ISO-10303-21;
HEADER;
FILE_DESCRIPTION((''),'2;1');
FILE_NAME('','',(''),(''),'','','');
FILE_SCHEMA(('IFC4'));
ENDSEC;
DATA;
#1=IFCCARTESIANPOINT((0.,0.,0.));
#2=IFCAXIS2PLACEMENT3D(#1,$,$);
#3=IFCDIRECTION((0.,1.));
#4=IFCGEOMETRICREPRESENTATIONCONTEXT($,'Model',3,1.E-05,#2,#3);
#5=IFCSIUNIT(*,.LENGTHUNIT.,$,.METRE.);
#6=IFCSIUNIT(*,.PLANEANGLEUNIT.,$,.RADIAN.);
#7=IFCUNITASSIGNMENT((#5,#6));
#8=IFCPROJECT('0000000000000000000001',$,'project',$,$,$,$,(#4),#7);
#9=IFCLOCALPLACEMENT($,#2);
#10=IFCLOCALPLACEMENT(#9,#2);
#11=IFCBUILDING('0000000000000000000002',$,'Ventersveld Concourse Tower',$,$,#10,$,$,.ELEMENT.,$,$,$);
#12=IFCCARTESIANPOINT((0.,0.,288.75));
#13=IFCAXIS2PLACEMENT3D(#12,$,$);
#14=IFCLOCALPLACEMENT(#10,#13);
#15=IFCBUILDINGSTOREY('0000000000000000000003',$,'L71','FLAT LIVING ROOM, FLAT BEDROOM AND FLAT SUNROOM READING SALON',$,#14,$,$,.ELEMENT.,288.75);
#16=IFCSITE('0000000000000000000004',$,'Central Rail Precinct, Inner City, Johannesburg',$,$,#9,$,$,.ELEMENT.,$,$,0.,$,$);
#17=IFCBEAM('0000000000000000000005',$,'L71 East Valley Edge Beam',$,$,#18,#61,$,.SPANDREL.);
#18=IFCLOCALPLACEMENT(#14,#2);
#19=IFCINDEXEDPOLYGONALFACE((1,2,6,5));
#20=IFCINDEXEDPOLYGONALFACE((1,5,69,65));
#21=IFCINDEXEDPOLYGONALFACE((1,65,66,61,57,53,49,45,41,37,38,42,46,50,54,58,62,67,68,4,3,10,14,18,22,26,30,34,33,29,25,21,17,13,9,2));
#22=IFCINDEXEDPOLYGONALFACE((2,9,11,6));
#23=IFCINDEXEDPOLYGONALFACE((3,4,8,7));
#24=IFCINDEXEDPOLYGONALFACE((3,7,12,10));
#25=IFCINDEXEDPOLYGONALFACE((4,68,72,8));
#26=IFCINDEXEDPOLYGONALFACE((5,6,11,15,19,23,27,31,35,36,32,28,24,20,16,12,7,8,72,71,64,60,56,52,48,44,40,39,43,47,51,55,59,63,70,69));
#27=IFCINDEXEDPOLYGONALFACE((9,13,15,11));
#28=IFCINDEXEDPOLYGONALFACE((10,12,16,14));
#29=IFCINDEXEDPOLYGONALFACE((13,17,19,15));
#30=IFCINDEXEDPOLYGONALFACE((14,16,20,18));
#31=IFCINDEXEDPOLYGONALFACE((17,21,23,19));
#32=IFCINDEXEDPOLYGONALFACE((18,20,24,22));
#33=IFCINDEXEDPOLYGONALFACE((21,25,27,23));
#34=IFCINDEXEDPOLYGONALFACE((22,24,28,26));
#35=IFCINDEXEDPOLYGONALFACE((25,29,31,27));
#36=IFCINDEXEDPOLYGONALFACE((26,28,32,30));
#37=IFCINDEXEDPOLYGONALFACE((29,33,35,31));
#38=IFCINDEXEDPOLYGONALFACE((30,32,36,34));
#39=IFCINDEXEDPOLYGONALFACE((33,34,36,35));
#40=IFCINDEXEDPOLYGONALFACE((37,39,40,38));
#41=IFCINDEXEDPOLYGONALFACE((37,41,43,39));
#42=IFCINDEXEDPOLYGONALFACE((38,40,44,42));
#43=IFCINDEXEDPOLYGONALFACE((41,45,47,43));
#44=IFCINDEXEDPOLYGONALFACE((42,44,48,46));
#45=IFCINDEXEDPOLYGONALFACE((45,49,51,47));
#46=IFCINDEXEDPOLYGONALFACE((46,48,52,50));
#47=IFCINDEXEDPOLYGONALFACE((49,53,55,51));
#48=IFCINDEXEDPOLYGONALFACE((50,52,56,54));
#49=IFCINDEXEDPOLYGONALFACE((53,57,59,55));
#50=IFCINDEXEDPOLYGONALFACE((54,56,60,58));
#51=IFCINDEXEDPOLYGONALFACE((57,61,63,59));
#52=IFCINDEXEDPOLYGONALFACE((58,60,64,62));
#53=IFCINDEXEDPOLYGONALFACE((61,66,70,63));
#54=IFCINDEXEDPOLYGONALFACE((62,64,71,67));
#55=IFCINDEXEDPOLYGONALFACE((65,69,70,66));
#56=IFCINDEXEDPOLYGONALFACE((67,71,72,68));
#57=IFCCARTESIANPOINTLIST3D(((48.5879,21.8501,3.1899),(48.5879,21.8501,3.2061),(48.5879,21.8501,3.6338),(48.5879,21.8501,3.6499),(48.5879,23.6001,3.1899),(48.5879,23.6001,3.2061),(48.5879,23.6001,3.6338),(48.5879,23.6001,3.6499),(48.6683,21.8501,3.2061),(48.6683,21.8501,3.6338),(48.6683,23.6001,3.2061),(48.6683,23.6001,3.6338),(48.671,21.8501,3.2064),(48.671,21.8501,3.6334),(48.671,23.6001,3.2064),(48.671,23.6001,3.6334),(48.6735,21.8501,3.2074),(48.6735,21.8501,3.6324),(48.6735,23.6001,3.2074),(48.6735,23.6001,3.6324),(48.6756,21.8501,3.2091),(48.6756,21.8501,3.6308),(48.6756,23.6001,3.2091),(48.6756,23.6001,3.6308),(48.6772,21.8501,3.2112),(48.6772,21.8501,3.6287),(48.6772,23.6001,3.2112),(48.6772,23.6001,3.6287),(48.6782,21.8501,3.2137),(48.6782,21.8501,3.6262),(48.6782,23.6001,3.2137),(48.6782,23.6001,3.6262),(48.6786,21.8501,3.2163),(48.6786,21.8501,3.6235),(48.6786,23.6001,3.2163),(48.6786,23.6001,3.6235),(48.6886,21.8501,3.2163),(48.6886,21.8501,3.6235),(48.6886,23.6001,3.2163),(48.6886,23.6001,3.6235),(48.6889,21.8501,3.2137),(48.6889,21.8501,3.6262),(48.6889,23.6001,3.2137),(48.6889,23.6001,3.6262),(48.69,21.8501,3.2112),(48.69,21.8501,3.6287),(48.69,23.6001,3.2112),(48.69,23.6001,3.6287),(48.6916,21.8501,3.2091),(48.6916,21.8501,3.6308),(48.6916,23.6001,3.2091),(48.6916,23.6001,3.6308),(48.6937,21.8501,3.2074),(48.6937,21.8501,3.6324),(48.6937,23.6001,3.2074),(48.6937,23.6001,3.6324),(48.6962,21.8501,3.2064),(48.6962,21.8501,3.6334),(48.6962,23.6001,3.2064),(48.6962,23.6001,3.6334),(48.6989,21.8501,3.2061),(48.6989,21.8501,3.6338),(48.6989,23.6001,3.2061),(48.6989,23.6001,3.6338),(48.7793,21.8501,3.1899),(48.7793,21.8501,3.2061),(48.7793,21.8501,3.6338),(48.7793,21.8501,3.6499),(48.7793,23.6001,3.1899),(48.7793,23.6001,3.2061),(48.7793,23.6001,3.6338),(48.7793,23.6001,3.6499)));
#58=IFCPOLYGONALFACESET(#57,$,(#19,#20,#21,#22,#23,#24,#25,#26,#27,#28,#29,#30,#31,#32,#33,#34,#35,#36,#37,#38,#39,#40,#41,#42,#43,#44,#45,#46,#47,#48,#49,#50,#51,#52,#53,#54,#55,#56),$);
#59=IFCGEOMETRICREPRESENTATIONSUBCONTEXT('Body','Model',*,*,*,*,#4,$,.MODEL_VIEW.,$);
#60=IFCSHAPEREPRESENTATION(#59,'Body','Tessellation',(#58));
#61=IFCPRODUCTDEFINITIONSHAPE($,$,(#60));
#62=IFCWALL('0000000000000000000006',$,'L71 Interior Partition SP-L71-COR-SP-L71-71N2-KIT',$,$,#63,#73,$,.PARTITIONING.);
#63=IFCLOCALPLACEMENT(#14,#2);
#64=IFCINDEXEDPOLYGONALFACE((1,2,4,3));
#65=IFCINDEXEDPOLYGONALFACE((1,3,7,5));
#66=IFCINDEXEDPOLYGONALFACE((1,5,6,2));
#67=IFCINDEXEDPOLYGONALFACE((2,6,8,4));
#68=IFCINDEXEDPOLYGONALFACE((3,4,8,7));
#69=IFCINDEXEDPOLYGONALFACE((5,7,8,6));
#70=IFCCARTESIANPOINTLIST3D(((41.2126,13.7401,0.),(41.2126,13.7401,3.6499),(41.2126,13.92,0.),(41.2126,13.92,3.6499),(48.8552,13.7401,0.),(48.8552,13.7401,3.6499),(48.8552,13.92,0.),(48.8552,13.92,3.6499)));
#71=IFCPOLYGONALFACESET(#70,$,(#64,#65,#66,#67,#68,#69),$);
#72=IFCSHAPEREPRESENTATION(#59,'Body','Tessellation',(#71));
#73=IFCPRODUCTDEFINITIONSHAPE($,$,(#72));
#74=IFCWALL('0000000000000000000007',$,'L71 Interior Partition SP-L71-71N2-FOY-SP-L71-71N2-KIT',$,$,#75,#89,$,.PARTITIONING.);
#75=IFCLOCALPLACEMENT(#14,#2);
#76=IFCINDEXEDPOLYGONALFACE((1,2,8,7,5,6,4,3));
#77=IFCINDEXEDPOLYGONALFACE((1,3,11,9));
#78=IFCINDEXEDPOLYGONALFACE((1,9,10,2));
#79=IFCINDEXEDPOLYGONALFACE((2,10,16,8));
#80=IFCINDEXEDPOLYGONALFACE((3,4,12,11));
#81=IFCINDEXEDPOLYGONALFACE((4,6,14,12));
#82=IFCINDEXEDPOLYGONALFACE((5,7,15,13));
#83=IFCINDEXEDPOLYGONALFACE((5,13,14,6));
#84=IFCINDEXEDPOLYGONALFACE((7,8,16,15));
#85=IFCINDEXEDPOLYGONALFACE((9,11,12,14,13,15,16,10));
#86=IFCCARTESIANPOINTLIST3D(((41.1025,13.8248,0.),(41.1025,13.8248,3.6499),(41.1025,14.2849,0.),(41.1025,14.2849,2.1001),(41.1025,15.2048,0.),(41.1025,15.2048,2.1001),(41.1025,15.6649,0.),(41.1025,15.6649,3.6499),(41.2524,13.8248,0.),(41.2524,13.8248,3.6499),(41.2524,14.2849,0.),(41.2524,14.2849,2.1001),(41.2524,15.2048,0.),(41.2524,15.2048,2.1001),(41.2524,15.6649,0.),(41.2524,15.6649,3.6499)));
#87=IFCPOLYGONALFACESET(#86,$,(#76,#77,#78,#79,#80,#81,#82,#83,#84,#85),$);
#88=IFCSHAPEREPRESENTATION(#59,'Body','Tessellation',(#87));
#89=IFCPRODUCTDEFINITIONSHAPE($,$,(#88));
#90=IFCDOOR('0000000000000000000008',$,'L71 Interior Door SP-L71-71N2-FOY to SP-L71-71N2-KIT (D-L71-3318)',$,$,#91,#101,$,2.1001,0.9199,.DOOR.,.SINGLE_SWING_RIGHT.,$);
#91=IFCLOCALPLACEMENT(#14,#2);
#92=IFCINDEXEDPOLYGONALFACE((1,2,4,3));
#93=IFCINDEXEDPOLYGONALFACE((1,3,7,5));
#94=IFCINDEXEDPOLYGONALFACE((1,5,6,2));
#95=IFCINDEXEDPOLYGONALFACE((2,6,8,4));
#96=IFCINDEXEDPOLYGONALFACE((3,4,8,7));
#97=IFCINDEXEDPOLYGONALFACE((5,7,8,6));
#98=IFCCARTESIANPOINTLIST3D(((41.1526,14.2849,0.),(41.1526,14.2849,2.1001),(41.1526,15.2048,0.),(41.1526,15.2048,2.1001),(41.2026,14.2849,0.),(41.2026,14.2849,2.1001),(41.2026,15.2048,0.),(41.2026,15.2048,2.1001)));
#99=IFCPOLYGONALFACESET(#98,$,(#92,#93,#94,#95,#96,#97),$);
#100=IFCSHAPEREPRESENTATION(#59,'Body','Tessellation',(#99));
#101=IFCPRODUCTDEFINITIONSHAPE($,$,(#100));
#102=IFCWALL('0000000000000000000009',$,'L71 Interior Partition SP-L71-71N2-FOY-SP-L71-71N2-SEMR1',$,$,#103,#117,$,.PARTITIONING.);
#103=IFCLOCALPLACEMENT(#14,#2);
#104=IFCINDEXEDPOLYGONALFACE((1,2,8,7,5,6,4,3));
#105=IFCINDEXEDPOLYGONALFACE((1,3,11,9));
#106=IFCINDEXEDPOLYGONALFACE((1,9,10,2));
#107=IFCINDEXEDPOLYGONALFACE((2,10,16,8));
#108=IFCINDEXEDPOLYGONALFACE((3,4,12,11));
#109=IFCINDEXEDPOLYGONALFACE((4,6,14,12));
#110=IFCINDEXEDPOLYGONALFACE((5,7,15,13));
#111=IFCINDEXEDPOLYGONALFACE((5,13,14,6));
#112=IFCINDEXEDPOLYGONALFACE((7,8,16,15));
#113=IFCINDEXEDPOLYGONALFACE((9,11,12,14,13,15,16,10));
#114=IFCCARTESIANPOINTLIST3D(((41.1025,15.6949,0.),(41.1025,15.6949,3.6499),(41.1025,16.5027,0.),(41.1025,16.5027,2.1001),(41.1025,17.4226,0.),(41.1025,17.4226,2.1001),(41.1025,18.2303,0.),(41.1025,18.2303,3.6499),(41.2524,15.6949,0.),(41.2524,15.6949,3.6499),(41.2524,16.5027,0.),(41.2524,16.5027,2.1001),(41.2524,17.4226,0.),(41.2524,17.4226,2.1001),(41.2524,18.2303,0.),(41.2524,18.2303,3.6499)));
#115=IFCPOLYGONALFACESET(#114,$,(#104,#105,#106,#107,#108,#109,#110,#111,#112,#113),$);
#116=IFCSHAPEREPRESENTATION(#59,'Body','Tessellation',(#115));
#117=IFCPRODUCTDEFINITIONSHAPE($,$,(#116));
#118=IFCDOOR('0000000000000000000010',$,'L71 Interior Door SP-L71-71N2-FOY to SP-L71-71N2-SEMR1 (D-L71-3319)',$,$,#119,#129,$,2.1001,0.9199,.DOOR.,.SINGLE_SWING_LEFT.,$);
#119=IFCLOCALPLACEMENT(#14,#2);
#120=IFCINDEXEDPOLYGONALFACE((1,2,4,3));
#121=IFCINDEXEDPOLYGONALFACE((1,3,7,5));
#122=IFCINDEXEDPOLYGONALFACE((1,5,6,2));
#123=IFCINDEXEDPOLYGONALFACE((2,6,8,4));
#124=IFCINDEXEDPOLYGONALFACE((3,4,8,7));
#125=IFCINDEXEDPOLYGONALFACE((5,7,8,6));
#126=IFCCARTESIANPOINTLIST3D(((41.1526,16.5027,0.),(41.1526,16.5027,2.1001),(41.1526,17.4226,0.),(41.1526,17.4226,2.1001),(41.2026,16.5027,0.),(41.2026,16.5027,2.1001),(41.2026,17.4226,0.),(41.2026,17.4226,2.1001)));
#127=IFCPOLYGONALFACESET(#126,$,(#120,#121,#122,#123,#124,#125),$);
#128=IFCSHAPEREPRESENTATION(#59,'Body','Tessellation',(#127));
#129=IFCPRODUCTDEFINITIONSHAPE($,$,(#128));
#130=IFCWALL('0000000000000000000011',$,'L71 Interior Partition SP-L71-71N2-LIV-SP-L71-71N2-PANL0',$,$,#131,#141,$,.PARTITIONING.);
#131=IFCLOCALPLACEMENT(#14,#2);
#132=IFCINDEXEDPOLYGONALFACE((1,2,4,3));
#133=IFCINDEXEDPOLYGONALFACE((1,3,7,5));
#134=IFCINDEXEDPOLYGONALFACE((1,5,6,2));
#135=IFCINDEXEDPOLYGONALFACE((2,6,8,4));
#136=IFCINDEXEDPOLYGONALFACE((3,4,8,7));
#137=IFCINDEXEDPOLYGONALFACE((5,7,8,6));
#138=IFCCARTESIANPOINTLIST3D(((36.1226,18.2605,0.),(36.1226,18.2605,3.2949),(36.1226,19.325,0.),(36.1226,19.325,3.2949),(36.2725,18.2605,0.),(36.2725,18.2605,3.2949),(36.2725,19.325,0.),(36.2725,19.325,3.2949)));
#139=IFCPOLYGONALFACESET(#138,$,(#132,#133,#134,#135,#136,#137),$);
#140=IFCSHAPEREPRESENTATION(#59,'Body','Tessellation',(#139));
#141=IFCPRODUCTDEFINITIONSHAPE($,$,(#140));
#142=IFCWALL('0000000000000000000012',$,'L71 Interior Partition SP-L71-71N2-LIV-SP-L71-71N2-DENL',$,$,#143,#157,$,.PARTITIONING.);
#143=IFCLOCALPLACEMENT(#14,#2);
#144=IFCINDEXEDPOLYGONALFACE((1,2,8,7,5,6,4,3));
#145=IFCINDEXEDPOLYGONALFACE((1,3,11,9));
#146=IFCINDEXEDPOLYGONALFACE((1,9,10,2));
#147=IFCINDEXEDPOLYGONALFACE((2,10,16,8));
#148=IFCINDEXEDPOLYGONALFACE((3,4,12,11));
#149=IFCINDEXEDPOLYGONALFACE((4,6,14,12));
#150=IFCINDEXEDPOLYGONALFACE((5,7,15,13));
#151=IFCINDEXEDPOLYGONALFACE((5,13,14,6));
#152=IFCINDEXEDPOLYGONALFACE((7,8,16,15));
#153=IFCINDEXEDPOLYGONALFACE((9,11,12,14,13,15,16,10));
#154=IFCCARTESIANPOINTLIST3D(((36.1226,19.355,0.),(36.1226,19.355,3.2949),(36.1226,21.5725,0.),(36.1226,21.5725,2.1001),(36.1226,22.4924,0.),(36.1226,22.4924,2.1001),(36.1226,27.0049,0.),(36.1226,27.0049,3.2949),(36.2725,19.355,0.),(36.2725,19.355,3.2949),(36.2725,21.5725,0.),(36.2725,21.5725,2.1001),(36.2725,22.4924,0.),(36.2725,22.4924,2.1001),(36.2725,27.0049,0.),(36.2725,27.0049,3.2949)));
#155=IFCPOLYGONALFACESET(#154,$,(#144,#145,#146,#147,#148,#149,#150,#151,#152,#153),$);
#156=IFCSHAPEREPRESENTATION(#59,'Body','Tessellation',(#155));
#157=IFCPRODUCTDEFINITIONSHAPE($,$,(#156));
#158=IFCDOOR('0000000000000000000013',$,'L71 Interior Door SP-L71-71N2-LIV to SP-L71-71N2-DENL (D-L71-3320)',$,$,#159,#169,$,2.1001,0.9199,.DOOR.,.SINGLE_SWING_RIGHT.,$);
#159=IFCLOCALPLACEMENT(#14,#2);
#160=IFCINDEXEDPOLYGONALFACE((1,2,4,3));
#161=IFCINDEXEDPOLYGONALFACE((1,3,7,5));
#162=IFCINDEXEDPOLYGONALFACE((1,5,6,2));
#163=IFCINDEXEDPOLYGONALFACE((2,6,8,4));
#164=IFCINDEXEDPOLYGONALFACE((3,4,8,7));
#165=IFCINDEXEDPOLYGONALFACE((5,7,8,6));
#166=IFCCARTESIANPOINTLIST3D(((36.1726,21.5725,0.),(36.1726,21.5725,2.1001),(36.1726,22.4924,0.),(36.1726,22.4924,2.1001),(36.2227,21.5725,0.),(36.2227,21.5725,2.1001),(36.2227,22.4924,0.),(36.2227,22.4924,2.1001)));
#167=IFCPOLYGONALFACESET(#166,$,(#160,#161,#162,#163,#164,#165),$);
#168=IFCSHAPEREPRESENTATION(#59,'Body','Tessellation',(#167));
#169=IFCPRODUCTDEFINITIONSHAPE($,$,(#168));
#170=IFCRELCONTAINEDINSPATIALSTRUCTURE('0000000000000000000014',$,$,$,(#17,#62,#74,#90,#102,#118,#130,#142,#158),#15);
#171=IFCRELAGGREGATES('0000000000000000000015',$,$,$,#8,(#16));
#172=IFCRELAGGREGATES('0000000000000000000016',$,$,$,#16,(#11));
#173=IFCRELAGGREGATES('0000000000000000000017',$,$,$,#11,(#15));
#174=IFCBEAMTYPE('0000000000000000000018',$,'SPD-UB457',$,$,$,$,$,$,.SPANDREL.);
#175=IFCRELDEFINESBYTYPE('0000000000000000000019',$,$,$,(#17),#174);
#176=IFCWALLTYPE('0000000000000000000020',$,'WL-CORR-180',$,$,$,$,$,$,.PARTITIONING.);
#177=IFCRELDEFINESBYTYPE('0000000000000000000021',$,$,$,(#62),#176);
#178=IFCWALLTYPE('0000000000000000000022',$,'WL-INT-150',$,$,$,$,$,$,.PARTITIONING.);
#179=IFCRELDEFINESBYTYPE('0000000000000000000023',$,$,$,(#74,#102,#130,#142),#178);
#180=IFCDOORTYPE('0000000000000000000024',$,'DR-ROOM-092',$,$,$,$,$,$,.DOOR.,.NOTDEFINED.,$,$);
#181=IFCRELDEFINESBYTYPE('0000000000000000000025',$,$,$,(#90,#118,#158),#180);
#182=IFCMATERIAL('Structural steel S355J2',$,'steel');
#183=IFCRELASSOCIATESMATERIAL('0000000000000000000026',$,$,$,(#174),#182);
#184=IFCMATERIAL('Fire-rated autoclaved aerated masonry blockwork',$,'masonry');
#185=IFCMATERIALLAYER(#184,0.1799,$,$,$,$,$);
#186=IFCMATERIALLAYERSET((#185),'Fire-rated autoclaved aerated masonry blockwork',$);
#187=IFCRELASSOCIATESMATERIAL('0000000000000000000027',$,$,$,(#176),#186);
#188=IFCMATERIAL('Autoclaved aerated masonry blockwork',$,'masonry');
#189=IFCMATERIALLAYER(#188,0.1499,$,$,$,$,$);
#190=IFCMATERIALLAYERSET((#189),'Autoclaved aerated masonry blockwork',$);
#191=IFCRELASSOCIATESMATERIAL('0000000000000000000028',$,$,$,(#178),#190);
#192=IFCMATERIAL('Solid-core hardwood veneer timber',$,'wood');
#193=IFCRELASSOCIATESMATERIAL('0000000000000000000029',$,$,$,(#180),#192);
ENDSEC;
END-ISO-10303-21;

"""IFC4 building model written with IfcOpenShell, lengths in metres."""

from ifc_helpers import new_model, si_unit, direction, frame, frame_2d, origin, origin_2d, place, context, subcontext, project, spatial, rectangle, i_section, extrude, material, layer, layer_set, material_profile, profile_set, type_object, element, fill, save


model = new_model("IFC4")

# Units and contexts
model_context = context("Model", 3, precision=1e-05, world=origin(), true_north=direction((0.0, 1.0)))
body_context = subcontext(model_context, "Body", "Model", "MODEL_VIEW")
ifc_project = project(units=[si_unit("LENGTHUNIT", "METRE"), si_unit("PLANEANGLEUNIT", "RADIAN")], contexts=[model_context])

# Site, building, storey
site_placement = place(None, origin())
site = spatial("IfcSite", under=ifc_project, at=site_placement, Name="Central Rail Precinct, Inner City, Johannesburg", CompositionType="ELEMENT", RefElevation=0.0)
building_placement = place(site_placement, origin())
building = spatial("IfcBuilding", under=site, at=building_placement, Name="Ventersveld Concourse Tower", CompositionType="ELEMENT")
storey_placement = place(building_placement, frame((0.0, 0.0, 288.75)))
storey = spatial("IfcBuildingStorey", under=building, at=storey_placement, Name="L71", Description="FLAT LIVING ROOM, FLAT BEDROOM AND FLAT SUNROOM READING SALON", CompositionType="ELEMENT", Elevation=288.75)

# Beam
ifc_material_1 = material(Name="Structural steel S355J2", Category="steel")
ifc_material_profile = material_profile(ifc_material_1, i_section(OverallWidth=0.1914, OverallDepth=0.46, WebThickness=0.01, FlangeThickness=0.0161, FilletRadius=0.0103, at=origin_2d()), Name="UB 457x191x82")
ifc_profile_set = profile_set([ifc_material_profile], Name="Structural steel S355J2")
beam_type = type_object("IfcBeamType", Name="SPD-UB457", PredefinedType="SPANDREL", material=ifc_profile_set)
beam_placement = place(storey_placement, frame((48.6836, 21.8501, 3.4199), z_axis=(0.0, 1.0, 0.0), x_axis=(-1.0, 0.0, 0.0)))
element("IfcBeam", 1, at=beam_placement, inside=storey, type_object=beam_type, Name="L71 East Valley Edge Beam", PredefinedType="SPANDREL", context=body_context, shape_type="SweptSolid", body=[
    extrude(i_section(OverallWidth=0.1914, OverallDepth=0.46, WebThickness=0.01, FlangeThickness=0.0161, FilletRadius=0.0103, at=origin_2d()), origin(), (0.0, 0.0, 1.0), 1.75),
])

# Shared definitions
ifc_material_2 = material(Name="Fire-rated autoclaved aerated masonry blockwork", Category="masonry")
ifc_layer_1 = layer(ifc_material_2, 0.1799)
ifc_layer_set_1 = layer_set([ifc_layer_1], Name="Fire-rated autoclaved aerated masonry blockwork")
wall_type_1 = type_object("IfcWallType", Name="WL-CORR-180", PredefinedType="PARTITIONING", material=ifc_layer_set_1)
ifc_material_3 = material(Name="Solid-core hardwood veneer timber", Category="wood")

# Wall
wall_1_placement = place(storey_placement, frame((41.2126, 13.8301, 0.0), z_axis=(0.0, 0.0, 1.0), x_axis=(1.0, 0.0, 0.0)))
element("IfcWall", 2, at=wall_1_placement, inside=storey, type_object=wall_type_1, Name="L71 Interior Partition SP-L71-COR-SP-L71-71N2-KIT", PredefinedType="PARTITIONING", context=body_context, shape_type="SweptSolid", body=[
    extrude(rectangle(XDim=7.6426, YDim=0.1799, at=frame_2d((3.8213, 0.0))), origin(), (0.0, 0.0, 1.0), 3.6499),
])

# Walls, openings, doors
ifc_material_4 = material(Name="Autoclaved aerated masonry blockwork", Category="masonry")
ifc_layer_2 = layer(ifc_material_4, 0.1499)
ifc_layer_set_2 = layer_set([ifc_layer_2], Name="Autoclaved aerated masonry blockwork")
wall_type_2 = type_object("IfcWallType", Name="WL-INT-150", PredefinedType="PARTITIONING", material=ifc_layer_set_2)
wall_2_placement = place(storey_placement, frame((41.1775, 13.825, 0.0), z_axis=(0.0, 0.0, 1.0), x_axis=(0.0, 1.0, 0.0)))
wall_2 = element("IfcWall", 3, at=wall_2_placement, inside=storey, type_object=wall_type_2, Name="L71 Interior Partition SP-L71-71N2-FOY-SP-L71-71N2-KIT", PredefinedType="PARTITIONING", context=body_context, shape_type="SweptSolid", body=[
    extrude(rectangle(XDim=1.8401, YDim=0.1499, at=frame_2d((0.9199, 0.0))), origin(), (0.0, 0.0, 1.0), 3.6499),
])
opening_1_placement = place(wall_2_placement, frame((0.46, 0.0, 0.0)))
opening_1 = element("IfcOpeningElement", 4, at=opening_1_placement, cuts=wall_2, PredefinedType="OPENING", context=body_context, shape_type="SweptSolid", body=[
    extrude(rectangle(XDim=0.9199, YDim=2.1001, at=frame_2d((0.46, 1.05))), frame((0.0, 0.085, 0.0), z_axis=(0.0, -1.0, 0.0), x_axis=(1.0, 0.0, 0.0)), (0.0, 0.0, 1.0), 0.1699),
])
door_type_1 = type_object("IfcDoorType", Name="DR-ROOM-092", OperationType="NOTDEFINED", PredefinedType="DOOR", material=ifc_material_3)
door_1_placement = place(opening_1_placement, origin())
door_1 = element("IfcDoor", 5, at=door_1_placement, inside=storey, type_object=door_type_1, Name="L71 Interior Door SP-L71-71N2-FOY to SP-L71-71N2-KIT (D-L71-3318)", OperationType="SINGLE_SWING_RIGHT", OverallHeight=2.1001, OverallWidth=0.9199, PredefinedType="DOOR", context=body_context, shape_type="SweptSolid", body=[
    extrude(rectangle(XDim=0.9199, YDim=2.1001, at=frame_2d((0.46, 1.05))), frame((0.0, 0.0249, 0.0), z_axis=(0.0, -1.0, 0.0), x_axis=(1.0, 0.0, 0.0)), (0.0, 0.0, 1.0), 0.05),
])
fill(opening_1, door_1)
wall_3_placement = place(storey_placement, frame((41.1775, 15.6951, 0.0), z_axis=(0.0, 0.0, 1.0), x_axis=(0.0, 1.0, 0.0)))
wall_3 = element("IfcWall", 6, at=wall_3_placement, inside=storey, type_object=wall_type_2, Name="L71 Interior Partition SP-L71-71N2-FOY-SP-L71-71N2-SEMR1", PredefinedType="PARTITIONING", context=body_context, shape_type="SweptSolid", body=[
    extrude(rectangle(XDim=2.5354, YDim=0.1499, at=frame_2d((1.2676, 0.0))), origin(), (0.0, 0.0, 1.0), 3.6499),
])
opening_2_placement = place(wall_3_placement, frame((0.8076, 0.0, 0.0)))
opening_2 = element("IfcOpeningElement", 7, at=opening_2_placement, cuts=wall_3, PredefinedType="OPENING", context=body_context, shape_type="SweptSolid", body=[
    extrude(rectangle(XDim=0.9199, YDim=2.1001, at=frame_2d((0.46, 1.05))), frame((0.0, 0.085, 0.0), z_axis=(0.0, -1.0, 0.0), x_axis=(1.0, 0.0, 0.0)), (0.0, 0.0, 1.0), 0.1699),
])
door_2_placement = place(opening_2_placement, origin())
door_2 = element("IfcDoor", 8, at=door_2_placement, inside=storey, type_object=door_type_1, Name="L71 Interior Door SP-L71-71N2-FOY to SP-L71-71N2-SEMR1 (D-L71-3319)", OperationType="SINGLE_SWING_LEFT", OverallHeight=2.1001, OverallWidth=0.9199, PredefinedType="DOOR", context=body_context, shape_type="SweptSolid", body=[
    extrude(rectangle(XDim=0.9199, YDim=2.1001, at=frame_2d((0.46, 1.05))), frame((0.0, 0.0249, 0.0), z_axis=(0.0, -1.0, 0.0), x_axis=(1.0, 0.0, 0.0)), (0.0, 0.0, 1.0), 0.05),
])
fill(opening_2, door_2)

# Wall
wall_4_placement = place(storey_placement, frame((36.1975, 18.2605, 0.0), z_axis=(0.0, 0.0, 1.0), x_axis=(0.0, 1.0, 0.0)))
element("IfcWall", 9, at=wall_4_placement, inside=storey, type_object=wall_type_2, Name="L71 Interior Partition SP-L71-71N2-LIV-SP-L71-71N2-PANL0", PredefinedType="PARTITIONING", context=body_context, shape_type="SweptSolid", body=[
    extrude(rectangle(XDim=1.0645, YDim=0.1499, at=frame_2d((0.5322, 0.0))), origin(), (0.0, 0.0, 1.0), 3.2949),
])

# Wall, opening, door
wall_5_placement = place(storey_placement, frame((36.1975, 19.355, 0.0), z_axis=(0.0, 0.0, 1.0), x_axis=(0.0, 1.0, 0.0)))
wall_5 = element("IfcWall", 10, at=wall_5_placement, inside=storey, type_object=wall_type_2, Name="L71 Interior Partition SP-L71-71N2-LIV-SP-L71-71N2-DENL", PredefinedType="PARTITIONING", context=body_context, shape_type="SweptSolid", body=[
    extrude(rectangle(XDim=7.6499, YDim=0.1499, at=frame_2d((3.825, 0.0))), origin(), (0.0, 0.0, 1.0), 3.2949),
])
opening_3_placement = place(wall_5_placement, frame((2.2175, 0.0, 0.0)))
opening_3 = element("IfcOpeningElement", 11, at=opening_3_placement, cuts=wall_5, PredefinedType="OPENING", context=body_context, shape_type="SweptSolid", body=[
    extrude(rectangle(XDim=0.9199, YDim=2.1001, at=frame_2d((0.46, 1.05))), frame((0.0, 0.085, 0.0), z_axis=(0.0, -1.0, 0.0), x_axis=(1.0, 0.0, 0.0)), (0.0, 0.0, 1.0), 0.1699),
])
door_3_placement = place(opening_3_placement, origin())
door_3 = element("IfcDoor", 12, at=door_3_placement, inside=storey, type_object=door_type_1, Name="L71 Interior Door SP-L71-71N2-LIV to SP-L71-71N2-DENL (D-L71-3320)", OperationType="SINGLE_SWING_RIGHT", OverallHeight=2.1001, OverallWidth=0.9199, PredefinedType="DOOR", context=body_context, shape_type="SweptSolid", body=[
    extrude(rectangle(XDim=0.9199, YDim=2.1001, at=frame_2d((0.46, 1.05))), frame((0.0, 0.0249, 0.0), z_axis=(0.0, -1.0, 0.0), x_axis=(1.0, 0.0, 0.0)), (0.0, 0.0, 1.0), 0.05),
])
fill(opening_3, door_3)

save(model, "model.ifc")
